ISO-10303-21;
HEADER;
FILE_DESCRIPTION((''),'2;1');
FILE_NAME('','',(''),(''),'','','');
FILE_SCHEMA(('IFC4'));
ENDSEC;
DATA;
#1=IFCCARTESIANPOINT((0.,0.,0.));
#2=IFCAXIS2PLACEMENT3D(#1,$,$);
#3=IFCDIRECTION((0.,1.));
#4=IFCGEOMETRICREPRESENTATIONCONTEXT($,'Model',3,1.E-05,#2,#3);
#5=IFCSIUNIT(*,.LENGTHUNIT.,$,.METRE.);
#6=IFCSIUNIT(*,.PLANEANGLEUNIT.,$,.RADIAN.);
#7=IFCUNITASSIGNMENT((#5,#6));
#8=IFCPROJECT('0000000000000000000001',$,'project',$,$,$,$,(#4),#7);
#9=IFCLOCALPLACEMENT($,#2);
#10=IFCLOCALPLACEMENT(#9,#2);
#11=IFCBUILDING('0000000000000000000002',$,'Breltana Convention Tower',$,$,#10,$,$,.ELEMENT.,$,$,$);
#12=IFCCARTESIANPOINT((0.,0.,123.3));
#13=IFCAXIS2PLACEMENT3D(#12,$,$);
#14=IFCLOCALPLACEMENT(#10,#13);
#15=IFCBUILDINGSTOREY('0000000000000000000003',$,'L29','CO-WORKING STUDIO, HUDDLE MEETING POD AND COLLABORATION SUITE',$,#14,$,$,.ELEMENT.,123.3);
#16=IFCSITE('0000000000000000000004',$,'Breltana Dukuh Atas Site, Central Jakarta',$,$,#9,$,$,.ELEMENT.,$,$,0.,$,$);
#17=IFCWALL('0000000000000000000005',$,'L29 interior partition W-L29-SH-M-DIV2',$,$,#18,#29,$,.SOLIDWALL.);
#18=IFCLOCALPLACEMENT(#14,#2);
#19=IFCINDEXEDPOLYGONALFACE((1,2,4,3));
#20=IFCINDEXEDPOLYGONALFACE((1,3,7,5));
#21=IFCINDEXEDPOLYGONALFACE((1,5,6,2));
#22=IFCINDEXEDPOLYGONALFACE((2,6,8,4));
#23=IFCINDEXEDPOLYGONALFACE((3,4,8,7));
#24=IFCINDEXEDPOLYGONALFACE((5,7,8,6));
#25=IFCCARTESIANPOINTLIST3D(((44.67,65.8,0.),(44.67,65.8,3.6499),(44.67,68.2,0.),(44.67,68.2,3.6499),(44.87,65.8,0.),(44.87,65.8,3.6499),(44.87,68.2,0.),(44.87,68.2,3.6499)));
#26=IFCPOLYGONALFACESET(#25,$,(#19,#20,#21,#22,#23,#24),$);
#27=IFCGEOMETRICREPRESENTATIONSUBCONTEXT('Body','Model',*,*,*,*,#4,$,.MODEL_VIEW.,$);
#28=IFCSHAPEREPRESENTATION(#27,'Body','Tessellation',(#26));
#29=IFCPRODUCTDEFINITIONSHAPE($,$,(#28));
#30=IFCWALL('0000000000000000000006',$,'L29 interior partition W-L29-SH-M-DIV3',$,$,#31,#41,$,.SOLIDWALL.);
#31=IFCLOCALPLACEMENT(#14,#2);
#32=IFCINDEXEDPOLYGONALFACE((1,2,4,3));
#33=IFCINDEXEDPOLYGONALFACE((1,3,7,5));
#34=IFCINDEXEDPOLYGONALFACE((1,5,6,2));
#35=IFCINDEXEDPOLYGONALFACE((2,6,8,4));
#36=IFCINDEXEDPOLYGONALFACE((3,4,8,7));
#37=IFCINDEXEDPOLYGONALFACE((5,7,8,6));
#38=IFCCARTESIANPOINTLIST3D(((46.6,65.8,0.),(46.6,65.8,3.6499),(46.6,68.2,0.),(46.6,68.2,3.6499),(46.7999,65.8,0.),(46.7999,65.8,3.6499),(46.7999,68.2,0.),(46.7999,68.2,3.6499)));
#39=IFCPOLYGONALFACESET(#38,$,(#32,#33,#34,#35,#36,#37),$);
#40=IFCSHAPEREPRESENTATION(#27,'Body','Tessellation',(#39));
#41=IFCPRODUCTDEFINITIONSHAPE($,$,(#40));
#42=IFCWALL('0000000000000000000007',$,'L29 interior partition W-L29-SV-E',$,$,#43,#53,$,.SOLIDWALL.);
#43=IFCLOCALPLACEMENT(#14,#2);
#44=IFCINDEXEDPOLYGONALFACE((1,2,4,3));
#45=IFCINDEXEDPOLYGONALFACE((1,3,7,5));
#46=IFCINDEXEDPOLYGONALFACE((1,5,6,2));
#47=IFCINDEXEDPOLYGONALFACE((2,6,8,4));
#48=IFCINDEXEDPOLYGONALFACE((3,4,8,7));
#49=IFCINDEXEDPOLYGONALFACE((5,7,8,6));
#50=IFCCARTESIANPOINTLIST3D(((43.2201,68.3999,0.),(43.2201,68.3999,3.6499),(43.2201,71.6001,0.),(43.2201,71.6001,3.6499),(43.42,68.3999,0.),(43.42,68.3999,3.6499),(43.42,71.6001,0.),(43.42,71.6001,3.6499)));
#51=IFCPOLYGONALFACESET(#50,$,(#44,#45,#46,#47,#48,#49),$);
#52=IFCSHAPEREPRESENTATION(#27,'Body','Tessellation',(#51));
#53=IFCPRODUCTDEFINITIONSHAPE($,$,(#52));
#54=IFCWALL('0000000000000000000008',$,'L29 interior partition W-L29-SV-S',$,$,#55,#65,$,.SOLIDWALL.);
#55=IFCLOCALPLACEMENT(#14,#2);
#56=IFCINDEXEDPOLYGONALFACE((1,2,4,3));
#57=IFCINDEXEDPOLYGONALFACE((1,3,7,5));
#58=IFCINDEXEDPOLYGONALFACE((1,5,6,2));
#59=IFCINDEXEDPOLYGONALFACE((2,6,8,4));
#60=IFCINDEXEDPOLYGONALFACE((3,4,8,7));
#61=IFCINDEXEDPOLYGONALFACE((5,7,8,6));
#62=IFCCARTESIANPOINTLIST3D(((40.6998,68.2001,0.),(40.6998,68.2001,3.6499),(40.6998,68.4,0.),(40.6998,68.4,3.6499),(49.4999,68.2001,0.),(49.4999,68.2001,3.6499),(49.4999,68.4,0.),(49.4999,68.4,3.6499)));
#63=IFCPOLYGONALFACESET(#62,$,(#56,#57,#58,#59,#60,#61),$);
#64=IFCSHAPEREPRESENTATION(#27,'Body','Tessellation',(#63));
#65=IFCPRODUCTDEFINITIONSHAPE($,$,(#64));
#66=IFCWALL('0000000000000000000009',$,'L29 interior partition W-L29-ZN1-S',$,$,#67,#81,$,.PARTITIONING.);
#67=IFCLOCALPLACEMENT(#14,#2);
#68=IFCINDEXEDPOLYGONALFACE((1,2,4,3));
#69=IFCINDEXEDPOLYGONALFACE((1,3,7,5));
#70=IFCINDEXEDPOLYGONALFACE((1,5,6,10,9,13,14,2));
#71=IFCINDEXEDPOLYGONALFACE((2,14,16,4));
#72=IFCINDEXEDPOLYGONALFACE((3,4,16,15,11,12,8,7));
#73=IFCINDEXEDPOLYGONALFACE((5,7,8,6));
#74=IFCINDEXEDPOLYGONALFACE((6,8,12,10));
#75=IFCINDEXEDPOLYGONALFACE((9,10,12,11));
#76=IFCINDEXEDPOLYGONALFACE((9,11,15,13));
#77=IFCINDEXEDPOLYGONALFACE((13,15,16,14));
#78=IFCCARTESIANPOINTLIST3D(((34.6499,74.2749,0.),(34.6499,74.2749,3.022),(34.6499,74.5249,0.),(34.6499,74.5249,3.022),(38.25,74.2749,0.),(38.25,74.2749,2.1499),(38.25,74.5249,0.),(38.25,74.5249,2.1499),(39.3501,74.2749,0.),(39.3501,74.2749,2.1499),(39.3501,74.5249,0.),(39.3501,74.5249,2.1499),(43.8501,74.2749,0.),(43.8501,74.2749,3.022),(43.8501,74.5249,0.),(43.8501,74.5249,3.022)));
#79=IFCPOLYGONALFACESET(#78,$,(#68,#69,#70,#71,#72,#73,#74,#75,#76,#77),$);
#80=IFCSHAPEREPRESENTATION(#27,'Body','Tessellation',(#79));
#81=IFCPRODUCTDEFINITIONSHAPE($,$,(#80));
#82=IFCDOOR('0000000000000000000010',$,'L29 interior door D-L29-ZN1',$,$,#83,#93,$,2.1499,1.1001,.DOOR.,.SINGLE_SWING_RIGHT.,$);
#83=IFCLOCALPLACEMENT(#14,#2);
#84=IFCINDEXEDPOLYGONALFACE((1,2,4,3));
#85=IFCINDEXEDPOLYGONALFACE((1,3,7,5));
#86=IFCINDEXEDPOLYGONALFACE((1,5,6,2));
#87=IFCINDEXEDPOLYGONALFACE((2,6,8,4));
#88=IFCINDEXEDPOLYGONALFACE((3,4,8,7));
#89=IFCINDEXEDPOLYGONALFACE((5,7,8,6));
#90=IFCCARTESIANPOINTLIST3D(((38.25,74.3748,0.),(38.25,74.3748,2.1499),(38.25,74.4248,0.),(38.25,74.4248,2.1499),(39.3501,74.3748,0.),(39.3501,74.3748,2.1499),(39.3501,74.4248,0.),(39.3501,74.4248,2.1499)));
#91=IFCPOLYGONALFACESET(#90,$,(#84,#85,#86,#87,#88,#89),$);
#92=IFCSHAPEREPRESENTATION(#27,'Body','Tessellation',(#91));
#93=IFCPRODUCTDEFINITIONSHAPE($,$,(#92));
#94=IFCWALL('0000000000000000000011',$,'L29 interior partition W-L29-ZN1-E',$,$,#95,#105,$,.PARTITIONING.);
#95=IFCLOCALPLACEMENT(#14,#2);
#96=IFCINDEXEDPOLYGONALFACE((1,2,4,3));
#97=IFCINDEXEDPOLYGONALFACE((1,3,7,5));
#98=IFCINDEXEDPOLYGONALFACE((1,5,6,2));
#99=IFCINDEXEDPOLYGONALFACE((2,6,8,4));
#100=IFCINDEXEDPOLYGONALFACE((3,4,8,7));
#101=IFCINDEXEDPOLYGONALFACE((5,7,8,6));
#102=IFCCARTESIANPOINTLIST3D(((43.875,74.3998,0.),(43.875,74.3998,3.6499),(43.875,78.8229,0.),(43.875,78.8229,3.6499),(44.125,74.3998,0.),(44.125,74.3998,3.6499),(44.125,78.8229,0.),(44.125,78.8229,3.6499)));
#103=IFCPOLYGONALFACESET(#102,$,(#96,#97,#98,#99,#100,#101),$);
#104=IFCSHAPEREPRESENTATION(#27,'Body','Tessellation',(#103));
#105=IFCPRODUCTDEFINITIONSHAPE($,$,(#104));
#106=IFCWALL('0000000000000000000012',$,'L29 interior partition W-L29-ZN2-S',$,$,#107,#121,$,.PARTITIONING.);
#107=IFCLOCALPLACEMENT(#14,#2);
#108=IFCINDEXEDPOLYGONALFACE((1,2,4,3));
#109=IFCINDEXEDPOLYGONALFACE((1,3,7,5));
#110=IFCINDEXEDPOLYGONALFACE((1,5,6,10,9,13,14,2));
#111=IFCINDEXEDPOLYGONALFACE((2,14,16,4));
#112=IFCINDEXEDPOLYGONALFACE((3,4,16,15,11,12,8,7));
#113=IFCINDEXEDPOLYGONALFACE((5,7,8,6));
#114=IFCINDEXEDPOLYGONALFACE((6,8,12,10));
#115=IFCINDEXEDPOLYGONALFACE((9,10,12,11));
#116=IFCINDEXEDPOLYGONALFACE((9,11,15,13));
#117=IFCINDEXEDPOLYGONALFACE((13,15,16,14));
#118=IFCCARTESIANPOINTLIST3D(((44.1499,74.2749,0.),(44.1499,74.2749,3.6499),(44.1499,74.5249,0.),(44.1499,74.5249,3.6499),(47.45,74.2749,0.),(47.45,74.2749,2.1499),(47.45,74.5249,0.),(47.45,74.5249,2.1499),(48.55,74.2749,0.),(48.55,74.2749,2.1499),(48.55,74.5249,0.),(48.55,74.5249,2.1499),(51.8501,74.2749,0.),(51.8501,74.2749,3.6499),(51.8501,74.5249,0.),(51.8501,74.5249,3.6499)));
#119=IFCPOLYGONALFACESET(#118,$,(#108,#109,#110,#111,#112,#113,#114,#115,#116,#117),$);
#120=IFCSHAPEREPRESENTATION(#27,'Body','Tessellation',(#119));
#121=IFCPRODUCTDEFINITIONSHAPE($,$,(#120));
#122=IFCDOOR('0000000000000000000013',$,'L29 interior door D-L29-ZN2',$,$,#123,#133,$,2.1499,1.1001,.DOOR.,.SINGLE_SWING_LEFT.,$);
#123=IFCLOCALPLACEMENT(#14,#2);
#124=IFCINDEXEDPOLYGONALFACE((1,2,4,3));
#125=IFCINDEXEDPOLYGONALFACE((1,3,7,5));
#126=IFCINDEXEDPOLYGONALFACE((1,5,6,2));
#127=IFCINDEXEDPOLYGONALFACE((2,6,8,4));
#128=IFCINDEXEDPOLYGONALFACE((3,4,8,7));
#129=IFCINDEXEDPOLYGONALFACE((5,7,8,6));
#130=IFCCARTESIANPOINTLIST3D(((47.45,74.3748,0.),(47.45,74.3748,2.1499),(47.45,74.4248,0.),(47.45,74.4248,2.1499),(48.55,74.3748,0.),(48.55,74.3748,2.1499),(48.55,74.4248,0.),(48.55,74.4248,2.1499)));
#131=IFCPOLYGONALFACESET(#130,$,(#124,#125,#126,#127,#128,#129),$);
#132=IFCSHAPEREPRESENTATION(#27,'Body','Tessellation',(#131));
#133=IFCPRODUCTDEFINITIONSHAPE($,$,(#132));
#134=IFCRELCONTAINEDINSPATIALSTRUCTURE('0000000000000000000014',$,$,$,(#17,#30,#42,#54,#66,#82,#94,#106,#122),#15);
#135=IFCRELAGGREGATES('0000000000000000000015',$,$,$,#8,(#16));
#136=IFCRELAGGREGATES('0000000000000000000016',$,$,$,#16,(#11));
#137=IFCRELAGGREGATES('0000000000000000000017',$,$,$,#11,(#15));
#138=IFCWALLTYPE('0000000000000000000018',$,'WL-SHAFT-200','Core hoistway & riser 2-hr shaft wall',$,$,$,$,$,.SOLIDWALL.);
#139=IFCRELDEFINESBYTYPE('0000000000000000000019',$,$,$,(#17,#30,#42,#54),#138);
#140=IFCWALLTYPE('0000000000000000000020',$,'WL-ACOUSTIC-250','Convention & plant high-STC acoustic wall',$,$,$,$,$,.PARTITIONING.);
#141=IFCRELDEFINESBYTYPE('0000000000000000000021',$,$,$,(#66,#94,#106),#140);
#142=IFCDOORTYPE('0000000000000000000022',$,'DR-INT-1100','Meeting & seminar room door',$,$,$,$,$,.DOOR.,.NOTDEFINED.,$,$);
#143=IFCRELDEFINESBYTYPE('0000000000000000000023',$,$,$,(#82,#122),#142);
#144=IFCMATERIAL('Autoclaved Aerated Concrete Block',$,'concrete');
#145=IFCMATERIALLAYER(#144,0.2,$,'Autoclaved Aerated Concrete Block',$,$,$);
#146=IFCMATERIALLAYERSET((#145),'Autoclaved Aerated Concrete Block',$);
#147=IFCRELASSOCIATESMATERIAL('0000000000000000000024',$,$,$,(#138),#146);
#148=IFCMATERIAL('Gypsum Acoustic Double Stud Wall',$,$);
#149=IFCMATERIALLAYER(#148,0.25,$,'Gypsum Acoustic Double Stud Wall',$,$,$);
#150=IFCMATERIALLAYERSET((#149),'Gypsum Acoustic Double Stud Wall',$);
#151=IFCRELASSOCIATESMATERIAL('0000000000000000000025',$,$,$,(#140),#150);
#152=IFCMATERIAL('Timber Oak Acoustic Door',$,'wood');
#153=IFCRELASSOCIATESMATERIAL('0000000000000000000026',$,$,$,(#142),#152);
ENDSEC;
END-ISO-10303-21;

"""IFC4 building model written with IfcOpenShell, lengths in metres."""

from ifc_helpers import new_model, si_unit, direction, frame, frame_2d, origin, place, context, subcontext, project, spatial, rectangle, extrude, source, transform, mapped, material, layer, layer_set, type_object, type_shapes, element, fill, save


model = new_model("IFC4")

# Units and contexts
model_context = context("Model", 3, precision=1e-05, world=origin(), true_north=direction((0.0, 1.0)))
body_context = subcontext(model_context, "Body", "Model", "MODEL_VIEW")
ifc_project = project(units=[si_unit("LENGTHUNIT", "METRE"), si_unit("PLANEANGLEUNIT", "RADIAN")], contexts=[model_context])

# Site, building, storey
site_placement = place(None, origin())
site = spatial("IfcSite", under=ifc_project, at=site_placement, Name="Breltana Dukuh Atas Site, Central Jakarta", CompositionType="ELEMENT", RefElevation=0.0)
building_placement = place(site_placement, origin())
building = spatial("IfcBuilding", under=site, at=building_placement, Name="Breltana Convention Tower", CompositionType="ELEMENT")
storey_placement = place(building_placement, frame((0.0, 0.0, 123.3)))
storey = spatial("IfcBuildingStorey", under=building, at=storey_placement, Name="L29", Description="CO-WORKING STUDIO, HUDDLE MEETING POD AND COLLABORATION SUITE", CompositionType="ELEMENT", Elevation=123.3)

# Walls
ifc_material_1 = material(Name="Autoclaved Aerated Concrete Block", Category="concrete")
ifc_layer_1 = layer(ifc_material_1, 0.2, Name="Autoclaved Aerated Concrete Block")
ifc_layer_set_1 = layer_set([ifc_layer_1], Name="Autoclaved Aerated Concrete Block")
wall_type_1 = type_object("IfcWallType", Name="WL-SHAFT-200", Description="Core hoistway & riser 2-hr shaft wall", PredefinedType="SOLIDWALL", material=ifc_layer_set_1)
shared_shape_1 = source(origin(), body_context, "Body", "SweptSolid", [
    extrude(rectangle(XDim=2.3999, YDim=0.2, at=frame_2d((1.2, 0.0))), origin(), (0.0, 0.0, 1.0), 3.6499),
])
for number, where, z_axis, x_axis, name in (
    (1, (44.77, 65.8, 0.0), (0.0, 0.0, 1.0), (0.0, 1.0, 0.0), "L29 interior partition W-L29-SH-M-DIV2"),
    (2, (46.7, 65.8, 0.0), (0.0, 0.0, 1.0), (0.0, 1.0, 0.0), "L29 interior partition W-L29-SH-M-DIV3"),
):
    element("IfcWall", number, at=place(storey_placement, frame(where, z_axis=z_axis, x_axis=x_axis)), inside=storey, type_object=wall_type_1, Name=name, PredefinedType="SOLIDWALL", context=body_context, shape_type="MappedRepresentation", body=[
        mapped(shared_shape_1, transform((0.0, 0.0, 0.0), scale=1.0)),
    ])
shared_shape_2 = source(origin(), body_context, "Body", "SweptSolid", [
    extrude(rectangle(XDim=3.2002, YDim=0.2, at=frame_2d((1.6001, 0.0))), origin(), (0.0, 0.0, 1.0), 3.6499),
])
wall_1_placement = place(storey_placement, frame((43.3201, 68.3999, 0.0), z_axis=(0.0, 0.0, 1.0), x_axis=(0.0, 1.0, 0.0)))
element("IfcWall", 3, at=wall_1_placement, inside=storey, type_object=wall_type_1, Name="L29 interior partition W-L29-SV-E", PredefinedType="SOLIDWALL", context=body_context, shape_type="MappedRepresentation", body=[
    mapped(shared_shape_2, transform((0.0, 0.0, 0.0), scale=1.0)),
])
shared_shape_3 = source(origin(), body_context, "Body", "SweptSolid", [
    extrude(rectangle(XDim=8.8, YDim=0.2, at=frame_2d((4.3999, 0.0))), origin(), (0.0, 0.0, 1.0), 3.6499),
])
wall_2_placement = place(storey_placement, frame((40.7, 68.3, 0.0), z_axis=(0.0, 0.0, 1.0), x_axis=(1.0, 0.0, 0.0)))
element("IfcWall", 4, at=wall_2_placement, inside=storey, type_object=wall_type_1, Name="L29 interior partition W-L29-SV-S", PredefinedType="SOLIDWALL", context=body_context, shape_type="MappedRepresentation", body=[
    mapped(shared_shape_3, transform((0.0, 0.0, 0.0), scale=1.0)),
])

# Wall, opening, door
ifc_material_2 = material(Name="Gypsum Acoustic Double Stud Wall")
ifc_layer_2 = layer(ifc_material_2, 0.25, Name="Gypsum Acoustic Double Stud Wall")
ifc_layer_set_2 = layer_set([ifc_layer_2], Name="Gypsum Acoustic Double Stud Wall")
wall_type_2 = type_object("IfcWallType", Name="WL-ACOUSTIC-250", Description="Convention & plant high-STC acoustic wall", PredefinedType="PARTITIONING", material=ifc_layer_set_2)
shared_shape_4 = source(origin(), body_context, "Body", "SweptSolid", [
    extrude(rectangle(XDim=9.2002, YDim=0.25, at=frame_2d((4.6001, 0.0))), origin(), (0.0, 0.0, 1.0), 3.022),
])
wall_3_placement = place(storey_placement, frame((34.6499, 74.3999, 0.0), z_axis=(0.0, 0.0, 1.0), x_axis=(1.0, 0.0, 0.0)))
wall_3 = element("IfcWall", 5, at=wall_3_placement, inside=storey, type_object=wall_type_2, Name="L29 interior partition W-L29-ZN1-S", PredefinedType="PARTITIONING", context=body_context, shape_type="MappedRepresentation", body=[
    mapped(shared_shape_4, transform((0.0, 0.0, 0.0), scale=1.0)),
])
opening_1_placement = place(wall_3_placement, frame((3.6001, 0.0, 0.0)))
opening_1 = element("IfcOpeningElement", 6, at=opening_1_placement, cuts=wall_3, PredefinedType="OPENING", context=body_context, shape_type="SweptSolid", body=[
    extrude(rectangle(XDim=1.1001, YDim=2.1499, at=frame_2d((0.55, 1.075))), frame((0.0, 0.135, 0.0), z_axis=(0.0, -1.0, 0.0), x_axis=(1.0, 0.0, 0.0)), (0.0, 0.0, 1.0), 0.27),
])
ifc_material_3 = material(Name="Timber Oak Acoustic Door", Category="wood")
door_type_1 = type_object("IfcDoorType", Name="DR-INT-1100", Description="Meeting & seminar room door", OperationType="NOTDEFINED", PredefinedType="DOOR", material=ifc_material_3)
shared_shape_5 = source(origin(), body_context, "Body", "SweptSolid", [
    extrude(rectangle(XDim=1.1001, YDim=2.1499, at=frame_2d((0.55, 1.075))), frame((0.0, 0.0249, 0.0), z_axis=(0.0, -1.0, 0.0), x_axis=(1.0, 0.0, 0.0)), (0.0, 0.0, 1.0), 0.05),
])
type_shapes(door_type_1, [shared_shape_5])
door_1_placement = place(opening_1_placement, origin())
door_1 = element("IfcDoor", 7, at=door_1_placement, inside=storey, type_object=door_type_1, Name="L29 interior door D-L29-ZN1", OperationType="SINGLE_SWING_RIGHT", OverallHeight=2.1499, OverallWidth=1.1001, PredefinedType="DOOR", context=body_context, shape_type="MappedRepresentation", body=[
    mapped(shared_shape_5, transform((0.0, 0.0, 0.0), scale=1.0)),
])
fill(opening_1, door_1)

# Wall
shared_shape_6 = source(origin(), body_context, "Body", "SweptSolid", [
    extrude(rectangle(XDim=4.4231, YDim=0.25, at=frame_2d((2.2114, 0.0))), origin(), (0.0, 0.0, 1.0), 3.6499),
])
wall_4_placement = place(storey_placement, frame((44.0, 74.3999, 0.0), z_axis=(0.0, 0.0, 1.0), x_axis=(0.0, 1.0, 0.0)))
element("IfcWall", 8, at=wall_4_placement, inside=storey, type_object=wall_type_2, Name="L29 interior partition W-L29-ZN1-E", PredefinedType="PARTITIONING", context=body_context, shape_type="MappedRepresentation", body=[
    mapped(shared_shape_6, transform((0.0, 0.0, 0.0), scale=1.0)),
])

# Wall, opening, door
shared_shape_7 = source(origin(), body_context, "Body", "SweptSolid", [
    extrude(rectangle(XDim=7.7002, YDim=0.25, at=frame_2d((3.8501, 0.0))), origin(), (0.0, 0.0, 1.0), 3.6499),
])
wall_5_placement = place(storey_placement, frame((44.1499, 74.3999, 0.0), z_axis=(0.0, 0.0, 1.0), x_axis=(1.0, 0.0, 0.0)))
wall_5 = element("IfcWall", 9, at=wall_5_placement, inside=storey, type_object=wall_type_2, Name="L29 interior partition W-L29-ZN2-S", PredefinedType="PARTITIONING", context=body_context, shape_type="MappedRepresentation", body=[
    mapped(shared_shape_7, transform((0.0, 0.0, 0.0), scale=1.0)),
])
opening_2_placement = place(wall_5_placement, frame((3.3, 0.0, 0.0)))
opening_2 = element("IfcOpeningElement", 10, at=opening_2_placement, cuts=wall_5, PredefinedType="OPENING", context=body_context, shape_type="SweptSolid", body=[
    extrude(rectangle(XDim=1.1001, YDim=2.1499, at=frame_2d((0.55, 1.075))), frame((0.0, 0.135, 0.0), z_axis=(0.0, -1.0, 0.0), x_axis=(1.0, 0.0, 0.0)), (0.0, 0.0, 1.0), 0.27),
])
door_2_placement = place(opening_2_placement, origin())
door_2 = element("IfcDoor", 11, at=door_2_placement, inside=storey, type_object=door_type_1, Name="L29 interior door D-L29-ZN2", OperationType="SINGLE_SWING_LEFT", OverallHeight=2.1499, OverallWidth=1.1001, PredefinedType="DOOR", context=body_context, shape_type="MappedRepresentation", body=[
    mapped(shared_shape_5, transform((0.0, 0.0, 0.0), scale=1.0)),
])
fill(opening_2, door_2)

save(model, "model.ifc")
